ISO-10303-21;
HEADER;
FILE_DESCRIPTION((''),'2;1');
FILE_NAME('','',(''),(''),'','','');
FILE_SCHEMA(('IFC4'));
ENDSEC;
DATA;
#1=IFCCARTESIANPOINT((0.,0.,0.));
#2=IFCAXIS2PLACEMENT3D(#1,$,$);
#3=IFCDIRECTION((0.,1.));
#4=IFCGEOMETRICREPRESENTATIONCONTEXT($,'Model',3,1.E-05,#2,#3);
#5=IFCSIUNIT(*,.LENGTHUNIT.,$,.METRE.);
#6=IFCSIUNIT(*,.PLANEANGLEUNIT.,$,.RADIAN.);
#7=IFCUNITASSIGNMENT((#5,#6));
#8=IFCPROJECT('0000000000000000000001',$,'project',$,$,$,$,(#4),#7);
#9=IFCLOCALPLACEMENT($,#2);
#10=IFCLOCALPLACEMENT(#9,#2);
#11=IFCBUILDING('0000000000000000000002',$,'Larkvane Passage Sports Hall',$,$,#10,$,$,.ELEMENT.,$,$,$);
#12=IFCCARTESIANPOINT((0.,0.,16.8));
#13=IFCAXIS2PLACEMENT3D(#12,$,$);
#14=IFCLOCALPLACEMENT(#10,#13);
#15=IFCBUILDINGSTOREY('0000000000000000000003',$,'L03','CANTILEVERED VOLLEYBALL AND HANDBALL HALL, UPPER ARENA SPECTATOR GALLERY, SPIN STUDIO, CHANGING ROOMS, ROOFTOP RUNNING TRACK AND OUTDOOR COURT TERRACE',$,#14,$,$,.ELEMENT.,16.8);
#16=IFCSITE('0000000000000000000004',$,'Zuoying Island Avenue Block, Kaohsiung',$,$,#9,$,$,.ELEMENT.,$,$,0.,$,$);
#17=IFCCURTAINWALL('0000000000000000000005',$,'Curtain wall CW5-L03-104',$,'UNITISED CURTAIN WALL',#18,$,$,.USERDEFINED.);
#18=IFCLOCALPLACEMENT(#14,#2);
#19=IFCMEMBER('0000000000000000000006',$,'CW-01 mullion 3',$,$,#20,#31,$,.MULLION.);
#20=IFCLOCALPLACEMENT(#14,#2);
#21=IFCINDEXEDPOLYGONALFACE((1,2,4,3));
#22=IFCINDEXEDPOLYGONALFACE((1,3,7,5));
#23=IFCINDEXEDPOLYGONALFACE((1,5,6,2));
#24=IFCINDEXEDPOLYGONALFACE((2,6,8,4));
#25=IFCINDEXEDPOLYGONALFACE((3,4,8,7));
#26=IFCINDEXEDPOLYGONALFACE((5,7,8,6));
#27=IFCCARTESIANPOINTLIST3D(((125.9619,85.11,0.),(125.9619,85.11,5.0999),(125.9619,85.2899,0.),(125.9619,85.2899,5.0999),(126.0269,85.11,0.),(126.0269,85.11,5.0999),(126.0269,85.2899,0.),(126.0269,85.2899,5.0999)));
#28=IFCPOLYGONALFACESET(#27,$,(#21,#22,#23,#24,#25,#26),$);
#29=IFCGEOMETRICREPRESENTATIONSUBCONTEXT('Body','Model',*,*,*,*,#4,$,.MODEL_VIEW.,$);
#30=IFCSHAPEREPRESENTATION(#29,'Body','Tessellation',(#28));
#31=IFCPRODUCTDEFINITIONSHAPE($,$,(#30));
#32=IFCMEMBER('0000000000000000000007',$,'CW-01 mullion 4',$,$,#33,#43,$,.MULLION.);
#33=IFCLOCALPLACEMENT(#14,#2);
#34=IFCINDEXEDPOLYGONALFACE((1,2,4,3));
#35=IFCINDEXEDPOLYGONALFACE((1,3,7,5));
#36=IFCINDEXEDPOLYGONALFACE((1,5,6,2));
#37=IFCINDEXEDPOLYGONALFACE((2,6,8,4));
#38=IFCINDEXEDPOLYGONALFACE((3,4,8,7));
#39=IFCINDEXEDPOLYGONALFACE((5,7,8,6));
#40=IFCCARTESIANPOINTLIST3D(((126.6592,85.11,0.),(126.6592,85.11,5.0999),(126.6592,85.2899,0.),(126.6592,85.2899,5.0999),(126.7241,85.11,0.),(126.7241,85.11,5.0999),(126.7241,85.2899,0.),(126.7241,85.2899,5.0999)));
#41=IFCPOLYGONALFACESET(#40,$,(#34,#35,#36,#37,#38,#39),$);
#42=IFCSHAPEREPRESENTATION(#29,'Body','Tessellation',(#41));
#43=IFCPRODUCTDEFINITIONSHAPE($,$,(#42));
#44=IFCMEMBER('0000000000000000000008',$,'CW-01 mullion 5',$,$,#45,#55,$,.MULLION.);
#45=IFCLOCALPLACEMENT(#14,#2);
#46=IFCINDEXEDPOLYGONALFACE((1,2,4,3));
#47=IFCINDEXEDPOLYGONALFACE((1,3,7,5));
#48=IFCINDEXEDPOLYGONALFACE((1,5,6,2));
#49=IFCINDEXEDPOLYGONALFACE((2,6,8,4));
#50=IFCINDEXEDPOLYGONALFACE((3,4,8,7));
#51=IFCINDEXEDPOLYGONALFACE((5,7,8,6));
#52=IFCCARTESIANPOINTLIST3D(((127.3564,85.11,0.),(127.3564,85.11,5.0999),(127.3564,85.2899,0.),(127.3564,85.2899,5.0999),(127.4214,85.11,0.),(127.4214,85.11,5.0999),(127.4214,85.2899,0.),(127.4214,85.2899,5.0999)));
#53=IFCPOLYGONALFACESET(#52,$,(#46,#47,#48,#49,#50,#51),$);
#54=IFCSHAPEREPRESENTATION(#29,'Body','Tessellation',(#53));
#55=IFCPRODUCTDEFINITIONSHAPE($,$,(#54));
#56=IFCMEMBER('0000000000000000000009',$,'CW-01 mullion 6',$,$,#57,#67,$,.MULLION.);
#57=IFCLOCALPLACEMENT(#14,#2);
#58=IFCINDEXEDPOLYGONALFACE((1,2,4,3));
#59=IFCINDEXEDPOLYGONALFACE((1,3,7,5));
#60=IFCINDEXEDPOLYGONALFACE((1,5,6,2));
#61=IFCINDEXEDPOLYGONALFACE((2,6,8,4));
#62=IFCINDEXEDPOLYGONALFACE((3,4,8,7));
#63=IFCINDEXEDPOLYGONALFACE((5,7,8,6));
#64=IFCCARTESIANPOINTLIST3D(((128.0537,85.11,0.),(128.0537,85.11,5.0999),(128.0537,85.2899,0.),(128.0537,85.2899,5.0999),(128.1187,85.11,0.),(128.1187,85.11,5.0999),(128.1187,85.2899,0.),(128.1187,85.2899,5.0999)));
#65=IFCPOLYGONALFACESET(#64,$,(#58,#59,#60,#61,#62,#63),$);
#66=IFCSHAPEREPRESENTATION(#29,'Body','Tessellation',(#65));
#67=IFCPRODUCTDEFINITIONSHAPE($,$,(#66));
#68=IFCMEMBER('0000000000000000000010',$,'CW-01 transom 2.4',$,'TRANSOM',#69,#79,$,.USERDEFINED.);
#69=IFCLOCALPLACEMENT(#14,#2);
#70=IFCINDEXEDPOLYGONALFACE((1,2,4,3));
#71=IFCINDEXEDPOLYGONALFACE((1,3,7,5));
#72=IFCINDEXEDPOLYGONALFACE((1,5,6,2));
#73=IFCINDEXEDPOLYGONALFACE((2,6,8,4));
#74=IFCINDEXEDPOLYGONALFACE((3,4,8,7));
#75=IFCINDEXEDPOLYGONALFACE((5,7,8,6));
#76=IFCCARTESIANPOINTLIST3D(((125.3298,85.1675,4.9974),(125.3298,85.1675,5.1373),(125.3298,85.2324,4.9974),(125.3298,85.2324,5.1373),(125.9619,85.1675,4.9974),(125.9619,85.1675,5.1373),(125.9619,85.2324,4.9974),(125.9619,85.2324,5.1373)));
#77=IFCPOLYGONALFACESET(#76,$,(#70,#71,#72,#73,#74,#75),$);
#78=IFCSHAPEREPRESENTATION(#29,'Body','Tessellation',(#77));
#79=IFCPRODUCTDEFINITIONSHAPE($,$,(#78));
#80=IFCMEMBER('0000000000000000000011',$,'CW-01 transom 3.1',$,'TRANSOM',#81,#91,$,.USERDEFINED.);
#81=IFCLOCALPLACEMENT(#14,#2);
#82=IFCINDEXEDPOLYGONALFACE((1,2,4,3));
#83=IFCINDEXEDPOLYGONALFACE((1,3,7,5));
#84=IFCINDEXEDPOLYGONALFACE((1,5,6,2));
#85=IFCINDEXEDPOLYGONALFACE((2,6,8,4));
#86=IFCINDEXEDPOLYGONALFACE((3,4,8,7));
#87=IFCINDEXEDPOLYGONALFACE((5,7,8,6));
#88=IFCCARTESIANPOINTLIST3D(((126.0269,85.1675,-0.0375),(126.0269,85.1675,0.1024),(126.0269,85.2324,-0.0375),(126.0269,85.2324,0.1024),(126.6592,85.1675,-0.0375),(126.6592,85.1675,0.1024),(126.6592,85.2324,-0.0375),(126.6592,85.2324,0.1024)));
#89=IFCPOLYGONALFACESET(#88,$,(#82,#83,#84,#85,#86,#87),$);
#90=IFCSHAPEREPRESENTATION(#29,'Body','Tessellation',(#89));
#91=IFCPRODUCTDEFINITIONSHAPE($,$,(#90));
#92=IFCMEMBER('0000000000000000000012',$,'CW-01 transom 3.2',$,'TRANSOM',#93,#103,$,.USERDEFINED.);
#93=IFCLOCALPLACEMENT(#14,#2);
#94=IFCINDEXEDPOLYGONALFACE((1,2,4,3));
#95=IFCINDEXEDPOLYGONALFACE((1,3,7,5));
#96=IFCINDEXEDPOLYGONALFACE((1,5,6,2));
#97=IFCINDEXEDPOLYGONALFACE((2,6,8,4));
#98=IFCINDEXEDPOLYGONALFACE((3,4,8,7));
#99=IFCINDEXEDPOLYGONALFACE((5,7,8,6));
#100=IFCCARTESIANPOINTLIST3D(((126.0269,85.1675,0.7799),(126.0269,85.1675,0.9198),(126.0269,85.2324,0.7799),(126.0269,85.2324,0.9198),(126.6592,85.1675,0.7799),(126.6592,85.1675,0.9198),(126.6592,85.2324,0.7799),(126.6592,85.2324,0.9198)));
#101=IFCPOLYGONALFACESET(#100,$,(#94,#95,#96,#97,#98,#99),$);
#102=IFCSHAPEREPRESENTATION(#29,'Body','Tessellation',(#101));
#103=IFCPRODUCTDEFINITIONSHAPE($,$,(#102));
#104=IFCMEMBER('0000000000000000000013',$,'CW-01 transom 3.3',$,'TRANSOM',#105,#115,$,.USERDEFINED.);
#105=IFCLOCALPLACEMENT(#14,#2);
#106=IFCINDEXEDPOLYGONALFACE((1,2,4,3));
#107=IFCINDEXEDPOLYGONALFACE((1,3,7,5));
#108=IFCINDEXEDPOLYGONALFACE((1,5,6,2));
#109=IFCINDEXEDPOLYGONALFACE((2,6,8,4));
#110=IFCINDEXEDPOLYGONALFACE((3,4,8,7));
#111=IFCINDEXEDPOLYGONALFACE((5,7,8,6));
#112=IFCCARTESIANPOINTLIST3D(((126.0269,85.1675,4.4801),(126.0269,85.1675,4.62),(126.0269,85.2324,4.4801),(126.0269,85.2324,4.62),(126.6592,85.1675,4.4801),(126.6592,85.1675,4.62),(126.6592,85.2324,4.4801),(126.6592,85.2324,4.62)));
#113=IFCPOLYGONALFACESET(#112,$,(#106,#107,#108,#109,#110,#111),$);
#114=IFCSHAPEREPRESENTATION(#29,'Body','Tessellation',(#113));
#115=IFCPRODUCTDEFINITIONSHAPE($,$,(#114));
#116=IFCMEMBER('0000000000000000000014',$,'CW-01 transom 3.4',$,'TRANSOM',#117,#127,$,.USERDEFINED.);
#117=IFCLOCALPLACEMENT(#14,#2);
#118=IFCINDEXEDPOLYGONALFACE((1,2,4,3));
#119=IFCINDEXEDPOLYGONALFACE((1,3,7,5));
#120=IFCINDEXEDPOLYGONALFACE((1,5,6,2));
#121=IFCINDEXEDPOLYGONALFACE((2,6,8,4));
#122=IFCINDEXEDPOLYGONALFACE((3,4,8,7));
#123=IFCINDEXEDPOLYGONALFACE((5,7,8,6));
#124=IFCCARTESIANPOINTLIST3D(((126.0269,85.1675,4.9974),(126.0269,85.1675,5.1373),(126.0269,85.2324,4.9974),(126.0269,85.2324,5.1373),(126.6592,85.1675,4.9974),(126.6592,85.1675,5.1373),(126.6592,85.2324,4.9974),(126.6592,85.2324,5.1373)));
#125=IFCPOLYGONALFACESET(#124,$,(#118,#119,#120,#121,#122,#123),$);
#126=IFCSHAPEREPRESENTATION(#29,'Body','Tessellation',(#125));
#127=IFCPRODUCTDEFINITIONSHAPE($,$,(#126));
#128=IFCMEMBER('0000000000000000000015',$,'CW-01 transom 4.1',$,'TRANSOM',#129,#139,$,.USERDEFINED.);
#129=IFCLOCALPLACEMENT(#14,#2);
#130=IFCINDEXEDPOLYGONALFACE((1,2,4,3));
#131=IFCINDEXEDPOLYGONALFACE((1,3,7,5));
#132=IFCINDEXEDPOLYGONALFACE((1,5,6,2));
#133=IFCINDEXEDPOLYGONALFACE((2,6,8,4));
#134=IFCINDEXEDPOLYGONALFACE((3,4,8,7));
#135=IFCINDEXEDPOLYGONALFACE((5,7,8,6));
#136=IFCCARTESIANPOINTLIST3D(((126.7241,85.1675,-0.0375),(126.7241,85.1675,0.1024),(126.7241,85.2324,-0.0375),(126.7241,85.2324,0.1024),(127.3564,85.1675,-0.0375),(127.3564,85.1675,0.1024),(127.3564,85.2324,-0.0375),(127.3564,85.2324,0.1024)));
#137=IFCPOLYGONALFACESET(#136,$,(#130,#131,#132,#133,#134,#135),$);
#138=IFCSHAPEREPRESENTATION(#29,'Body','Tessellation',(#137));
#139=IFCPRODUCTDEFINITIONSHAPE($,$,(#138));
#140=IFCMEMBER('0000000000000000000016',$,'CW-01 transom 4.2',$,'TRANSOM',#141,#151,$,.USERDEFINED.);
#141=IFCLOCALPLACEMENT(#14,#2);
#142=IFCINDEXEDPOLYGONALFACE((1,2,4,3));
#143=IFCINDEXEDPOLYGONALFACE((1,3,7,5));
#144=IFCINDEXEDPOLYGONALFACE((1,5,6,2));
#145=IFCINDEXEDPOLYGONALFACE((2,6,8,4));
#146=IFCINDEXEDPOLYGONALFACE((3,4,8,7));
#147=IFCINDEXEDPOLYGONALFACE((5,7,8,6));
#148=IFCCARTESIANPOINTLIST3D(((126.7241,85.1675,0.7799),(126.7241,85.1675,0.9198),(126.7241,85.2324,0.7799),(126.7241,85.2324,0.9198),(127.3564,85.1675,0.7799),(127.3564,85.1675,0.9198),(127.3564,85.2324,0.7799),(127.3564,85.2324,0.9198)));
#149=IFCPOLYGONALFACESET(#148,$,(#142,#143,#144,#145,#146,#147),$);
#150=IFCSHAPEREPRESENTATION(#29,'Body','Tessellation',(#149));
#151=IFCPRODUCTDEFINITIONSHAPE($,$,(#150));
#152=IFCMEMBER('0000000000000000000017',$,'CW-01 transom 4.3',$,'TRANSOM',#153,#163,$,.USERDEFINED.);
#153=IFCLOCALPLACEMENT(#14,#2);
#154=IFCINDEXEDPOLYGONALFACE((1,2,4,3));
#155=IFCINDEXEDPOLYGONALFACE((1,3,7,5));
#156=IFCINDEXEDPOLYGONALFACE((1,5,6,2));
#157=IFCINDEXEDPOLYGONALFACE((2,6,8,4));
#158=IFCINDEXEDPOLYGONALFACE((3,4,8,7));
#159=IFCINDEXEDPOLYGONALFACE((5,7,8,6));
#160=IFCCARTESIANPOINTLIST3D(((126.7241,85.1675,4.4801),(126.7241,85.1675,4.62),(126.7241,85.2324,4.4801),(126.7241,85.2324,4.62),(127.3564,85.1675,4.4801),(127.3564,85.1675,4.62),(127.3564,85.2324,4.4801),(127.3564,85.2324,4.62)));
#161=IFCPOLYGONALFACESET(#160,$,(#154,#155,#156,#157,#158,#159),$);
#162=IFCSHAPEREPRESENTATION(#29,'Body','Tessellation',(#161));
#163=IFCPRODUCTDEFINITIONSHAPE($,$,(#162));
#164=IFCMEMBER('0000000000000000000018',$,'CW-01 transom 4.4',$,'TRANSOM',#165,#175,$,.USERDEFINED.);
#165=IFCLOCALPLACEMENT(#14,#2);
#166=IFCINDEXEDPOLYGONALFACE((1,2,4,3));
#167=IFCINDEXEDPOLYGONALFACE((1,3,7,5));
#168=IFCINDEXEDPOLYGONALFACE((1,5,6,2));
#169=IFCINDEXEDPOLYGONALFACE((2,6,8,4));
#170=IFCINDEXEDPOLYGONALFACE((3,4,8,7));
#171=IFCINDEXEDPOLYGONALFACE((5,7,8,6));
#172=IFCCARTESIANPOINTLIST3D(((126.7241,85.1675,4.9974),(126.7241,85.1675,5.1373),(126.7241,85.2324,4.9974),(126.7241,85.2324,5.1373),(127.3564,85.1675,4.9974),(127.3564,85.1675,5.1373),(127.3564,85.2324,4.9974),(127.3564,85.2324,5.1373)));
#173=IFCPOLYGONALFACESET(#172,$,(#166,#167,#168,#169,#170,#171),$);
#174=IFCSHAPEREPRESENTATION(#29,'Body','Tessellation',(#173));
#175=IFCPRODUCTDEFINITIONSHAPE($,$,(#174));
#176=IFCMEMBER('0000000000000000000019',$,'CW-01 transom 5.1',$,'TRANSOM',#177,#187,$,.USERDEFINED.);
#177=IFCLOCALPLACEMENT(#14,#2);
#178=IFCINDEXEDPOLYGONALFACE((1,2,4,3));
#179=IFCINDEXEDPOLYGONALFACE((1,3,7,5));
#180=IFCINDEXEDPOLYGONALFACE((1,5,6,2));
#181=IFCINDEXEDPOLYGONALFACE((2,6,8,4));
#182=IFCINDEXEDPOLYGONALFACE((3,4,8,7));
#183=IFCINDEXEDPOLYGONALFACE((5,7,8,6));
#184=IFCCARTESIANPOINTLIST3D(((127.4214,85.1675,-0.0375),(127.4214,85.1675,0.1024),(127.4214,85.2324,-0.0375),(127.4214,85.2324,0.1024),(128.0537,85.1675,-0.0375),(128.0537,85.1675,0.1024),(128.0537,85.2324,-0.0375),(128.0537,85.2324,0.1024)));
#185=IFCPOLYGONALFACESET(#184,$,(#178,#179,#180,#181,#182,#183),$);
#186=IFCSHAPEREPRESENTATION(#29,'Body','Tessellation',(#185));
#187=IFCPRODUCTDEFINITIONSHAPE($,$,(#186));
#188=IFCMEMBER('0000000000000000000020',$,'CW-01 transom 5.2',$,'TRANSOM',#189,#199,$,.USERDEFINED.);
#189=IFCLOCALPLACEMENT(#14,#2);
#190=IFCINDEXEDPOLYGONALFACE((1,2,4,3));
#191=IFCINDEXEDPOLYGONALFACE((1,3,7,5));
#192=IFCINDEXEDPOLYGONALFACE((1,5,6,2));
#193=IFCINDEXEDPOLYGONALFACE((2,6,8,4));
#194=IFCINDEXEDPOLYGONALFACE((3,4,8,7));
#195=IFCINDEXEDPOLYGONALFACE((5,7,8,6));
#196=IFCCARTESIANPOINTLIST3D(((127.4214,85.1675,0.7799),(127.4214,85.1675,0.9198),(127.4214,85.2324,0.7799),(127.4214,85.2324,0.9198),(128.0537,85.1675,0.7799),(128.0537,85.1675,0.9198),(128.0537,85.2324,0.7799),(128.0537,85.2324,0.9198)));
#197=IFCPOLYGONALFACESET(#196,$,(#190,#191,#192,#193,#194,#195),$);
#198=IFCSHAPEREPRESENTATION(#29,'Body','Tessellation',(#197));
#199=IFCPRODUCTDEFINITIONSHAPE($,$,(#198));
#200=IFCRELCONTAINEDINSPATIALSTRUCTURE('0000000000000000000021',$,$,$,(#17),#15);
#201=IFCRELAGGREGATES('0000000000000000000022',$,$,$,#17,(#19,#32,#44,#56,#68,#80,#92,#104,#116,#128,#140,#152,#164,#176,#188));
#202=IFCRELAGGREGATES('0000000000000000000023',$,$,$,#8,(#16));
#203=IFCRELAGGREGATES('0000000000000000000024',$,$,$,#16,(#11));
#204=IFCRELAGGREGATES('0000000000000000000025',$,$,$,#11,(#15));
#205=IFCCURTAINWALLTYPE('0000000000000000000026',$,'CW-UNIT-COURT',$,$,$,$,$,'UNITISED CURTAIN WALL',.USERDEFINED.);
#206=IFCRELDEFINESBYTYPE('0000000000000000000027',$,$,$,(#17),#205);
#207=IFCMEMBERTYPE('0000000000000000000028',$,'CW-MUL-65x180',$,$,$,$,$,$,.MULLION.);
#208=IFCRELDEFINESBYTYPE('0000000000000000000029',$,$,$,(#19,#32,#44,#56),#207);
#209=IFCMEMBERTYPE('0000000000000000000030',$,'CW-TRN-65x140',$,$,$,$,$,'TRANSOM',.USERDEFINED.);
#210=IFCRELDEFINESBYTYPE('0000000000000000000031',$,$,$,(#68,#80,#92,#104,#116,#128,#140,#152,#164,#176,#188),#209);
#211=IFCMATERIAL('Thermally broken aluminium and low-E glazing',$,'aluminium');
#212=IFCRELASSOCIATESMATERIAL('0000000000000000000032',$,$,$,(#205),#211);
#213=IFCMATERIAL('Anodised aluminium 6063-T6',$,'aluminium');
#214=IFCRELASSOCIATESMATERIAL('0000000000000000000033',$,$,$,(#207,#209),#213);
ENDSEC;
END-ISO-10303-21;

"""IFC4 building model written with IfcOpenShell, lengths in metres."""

from ifc_helpers import new_model, si_unit, direction, frame, origin, origin_2d, place, context, subcontext, project, spatial, rectangle, extrude, material, material_profile, profile_set, type_object, element, aggregate, save


model = new_model("IFC4")

# Units and contexts
model_context = context("Model", 3, precision=1e-05, world=origin(), true_north=direction((0.0, 1.0)))
body_context = subcontext(model_context, "Body", "Model", "MODEL_VIEW")
ifc_project = project(units=[si_unit("LENGTHUNIT", "METRE"), si_unit("PLANEANGLEUNIT", "RADIAN")], contexts=[model_context])

# Site, building, storey
site_placement = place(None, origin())
site = spatial("IfcSite", under=ifc_project, at=site_placement, Name="Zuoying Island Avenue Block, Kaohsiung", CompositionType="ELEMENT", RefElevation=0.0)
building_placement = place(site_placement, origin())
building = spatial("IfcBuilding", under=site, at=building_placement, Name="Larkvane Passage Sports Hall", CompositionType="ELEMENT")
storey_placement = place(building_placement, frame((0.0, 0.0, 16.8)))
storey = spatial("IfcBuildingStorey", under=building, at=storey_placement, Name="L03", Description="CANTILEVERED VOLLEYBALL AND HANDBALL HALL, UPPER ARENA SPECTATOR GALLERY, SPIN STUDIO, CHANGING ROOMS, ROOFTOP RUNNING TRACK AND OUTDOOR COURT TERRACE", CompositionType="ELEMENT", Elevation=16.8)

# Curtain wall, members
ifc_material_1 = material(Name="Thermally broken aluminium and low-E glazing", Category="aluminium")
curtain_wall_type = type_object("IfcCurtainWallType", Name="CW-UNIT-COURT", ElementType="UNITISED CURTAIN WALL", PredefinedType="USERDEFINED", material=ifc_material_1)
curtain_wall_placement = place(storey_placement, origin())
curtain_wall = element("IfcCurtainWall", 1, at=curtain_wall_placement, inside=storey, type_object=curtain_wall_type, Name="Curtain wall CW5-L03-104", ObjectType="UNITISED CURTAIN WALL", PredefinedType="USERDEFINED")
ifc_material_2 = material(Name="Anodised aluminium 6063-T6", Category="aluminium")
ifc_material_profile_1 = material_profile(ifc_material_2, rectangle(XDim=0.0649, YDim=0.1799, at=origin_2d()), Name="ALU-MUL-65x180")
ifc_profile_set_1 = profile_set([ifc_material_profile_1], Name="Anodised aluminium 6063-T6")
member_type_1 = type_object("IfcMemberType", Name="CW-MUL-65x180", PredefinedType="MULLION", material=ifc_profile_set_1)
member_1_placement = place(storey_placement, frame((125.9944, 85.2, 0.0), z_axis=(0.0, 0.0, 1.0), x_axis=(1.0, 0.0, 0.0)))
member_1 = element("IfcMember", 2, at=member_1_placement, type_object=member_type_1, Name="CW-01 mullion 3", PredefinedType="MULLION", context=body_context, shape_type="SweptSolid", body=[
    extrude(rectangle(XDim=0.0649, YDim=0.1799, at=origin_2d()), origin(), (0.0, 0.0, 1.0), 5.0999),
])
member_2_placement = place(storey_placement, frame((126.6917, 85.2, 0.0), z_axis=(0.0, 0.0, 1.0), x_axis=(1.0, 0.0, 0.0)))
member_2 = element("IfcMember", 3, at=member_2_placement, type_object=member_type_1, Name="CW-01 mullion 4", PredefinedType="MULLION", context=body_context, shape_type="SweptSolid", body=[
    extrude(rectangle(XDim=0.0649, YDim=0.1799, at=origin_2d()), origin(), (0.0, 0.0, 1.0), 5.0999),
])
member_3_placement = place(storey_placement, frame((127.3889, 85.2, 0.0), z_axis=(0.0, 0.0, 1.0), x_axis=(1.0, 0.0, 0.0)))
member_3 = element("IfcMember", 4, at=member_3_placement, type_object=member_type_1, Name="CW-01 mullion 5", PredefinedType="MULLION", context=body_context, shape_type="SweptSolid", body=[
    extrude(rectangle(XDim=0.0649, YDim=0.1799, at=origin_2d()), origin(), (0.0, 0.0, 1.0), 5.0999),
])
member_4_placement = place(storey_placement, frame((128.0862, 85.2, 0.0), z_axis=(0.0, 0.0, 1.0), x_axis=(1.0, 0.0, 0.0)))
member_4 = element("IfcMember", 5, at=member_4_placement, type_object=member_type_1, Name="CW-01 mullion 6", PredefinedType="MULLION", context=body_context, shape_type="SweptSolid", body=[
    extrude(rectangle(XDim=0.0649, YDim=0.1799, at=origin_2d()), origin(), (0.0, 0.0, 1.0), 5.0999),
])
ifc_material_profile_2 = material_profile(ifc_material_2, rectangle(XDim=0.0649, YDim=0.1399, at=origin_2d()), Name="ALU-TRN-65x140")
ifc_profile_set_2 = profile_set([ifc_material_profile_2], Name="Anodised aluminium 6063-T6")
member_type_2 = type_object("IfcMemberType", Name="CW-TRN-65x140", ElementType="TRANSOM", PredefinedType="USERDEFINED", material=ifc_profile_set_2)
member_5_placement = place(storey_placement, frame((125.3298, 85.2, 5.0674), z_axis=(1.0, 0.0, 0.0), x_axis=(0.0, 1.0, 0.0)))
member_5 = element("IfcMember", 6, at=member_5_placement, type_object=member_type_2, Name="CW-01 transom 2.4", ObjectType="TRANSOM", PredefinedType="USERDEFINED", context=body_context, shape_type="SweptSolid", body=[
    extrude(rectangle(XDim=0.0649, YDim=0.1399, at=origin_2d()), origin(), (0.0, 0.0, 1.0), 0.6321),
])
member_6_placement = place(storey_placement, frame((126.0269, 85.2, 0.0325), z_axis=(1.0, 0.0, 0.0), x_axis=(0.0, 1.0, 0.0)))
member_6 = element("IfcMember", 7, at=member_6_placement, type_object=member_type_2, Name="CW-01 transom 3.1", ObjectType="TRANSOM", PredefinedType="USERDEFINED", context=body_context, shape_type="SweptSolid", body=[
    extrude(rectangle(XDim=0.0649, YDim=0.1399, at=origin_2d()), origin(), (0.0, 0.0, 1.0), 0.6323),
])
member_7_placement = place(storey_placement, frame((126.0269, 85.2, 0.8499), z_axis=(1.0, 0.0, 0.0), x_axis=(0.0, 1.0, 0.0)))
member_7 = element("IfcMember", 8, at=member_7_placement, type_object=member_type_2, Name="CW-01 transom 3.2", ObjectType="TRANSOM", PredefinedType="USERDEFINED", context=body_context, shape_type="SweptSolid", body=[
    extrude(rectangle(XDim=0.0649, YDim=0.1399, at=origin_2d()), origin(), (0.0, 0.0, 1.0), 0.6323),
])
member_8_placement = place(storey_placement, frame((126.0269, 85.2, 4.55), z_axis=(1.0, 0.0, 0.0), x_axis=(0.0, 1.0, 0.0)))
member_8 = element("IfcMember", 9, at=member_8_placement, type_object=member_type_2, Name="CW-01 transom 3.3", ObjectType="TRANSOM", PredefinedType="USERDEFINED", context=body_context, shape_type="SweptSolid", body=[
    extrude(rectangle(XDim=0.0649, YDim=0.1399, at=origin_2d()), origin(), (0.0, 0.0, 1.0), 0.6323),
])
member_9_placement = place(storey_placement, frame((126.0269, 85.2, 5.0674), z_axis=(1.0, 0.0, 0.0), x_axis=(0.0, 1.0, 0.0)))
member_9 = element("IfcMember", 10, at=member_9_placement, type_object=member_type_2, Name="CW-01 transom 3.4", ObjectType="TRANSOM", PredefinedType="USERDEFINED", context=body_context, shape_type="SweptSolid", body=[
    extrude(rectangle(XDim=0.0649, YDim=0.1399, at=origin_2d()), origin(), (0.0, 0.0, 1.0), 0.6323),
])
member_10_placement = place(storey_placement, frame((126.7241, 85.2, 0.0325), z_axis=(1.0, 0.0, 0.0), x_axis=(0.0, 1.0, 0.0)))
member_10 = element("IfcMember", 11, at=member_10_placement, type_object=member_type_2, Name="CW-01 transom 4.1", ObjectType="TRANSOM", PredefinedType="USERDEFINED", context=body_context, shape_type="SweptSolid", body=[
    extrude(rectangle(XDim=0.0649, YDim=0.1399, at=origin_2d()), origin(), (0.0, 0.0, 1.0), 0.6323),
])
member_11_placement = place(storey_placement, frame((126.7241, 85.2, 0.8499), z_axis=(1.0, 0.0, 0.0), x_axis=(0.0, 1.0, 0.0)))
member_11 = element("IfcMember", 12, at=member_11_placement, type_object=member_type_2, Name="CW-01 transom 4.2", ObjectType="TRANSOM", PredefinedType="USERDEFINED", context=body_context, shape_type="SweptSolid", body=[
    extrude(rectangle(XDim=0.0649, YDim=0.1399, at=origin_2d()), origin(), (0.0, 0.0, 1.0), 0.6323),
])
member_12_placement = place(storey_placement, frame((126.7241, 85.2, 4.55), z_axis=(1.0, 0.0, 0.0), x_axis=(0.0, 1.0, 0.0)))
member_12 = element("IfcMember", 13, at=member_12_placement, type_object=member_type_2, Name="CW-01 transom 4.3", ObjectType="TRANSOM", PredefinedType="USERDEFINED", context=body_context, shape_type="SweptSolid", body=[
    extrude(rectangle(XDim=0.0649, YDim=0.1399, at=origin_2d()), origin(), (0.0, 0.0, 1.0), 0.6323),
])
member_13_placement = place(storey_placement, frame((126.7241, 85.2, 5.0674), z_axis=(1.0, 0.0, 0.0), x_axis=(0.0, 1.0, 0.0)))
member_13 = element("IfcMember", 14, at=member_13_placement, type_object=member_type_2, Name="CW-01 transom 4.4", ObjectType="TRANSOM", PredefinedType="USERDEFINED", context=body_context, shape_type="SweptSolid", body=[
    extrude(rectangle(XDim=0.0649, YDim=0.1399, at=origin_2d()), origin(), (0.0, 0.0, 1.0), 0.6323),
])
member_14_placement = place(storey_placement, frame((127.4214, 85.2, 0.0325), z_axis=(1.0, 0.0, 0.0), x_axis=(0.0, 1.0, 0.0)))
member_14 = element("IfcMember", 15, at=member_14_placement, type_object=member_type_2, Name="CW-01 transom 5.1", ObjectType="TRANSOM", PredefinedType="USERDEFINED", context=body_context, shape_type="SweptSolid", body=[
    extrude(rectangle(XDim=0.0649, YDim=0.1399, at=origin_2d()), origin(), (0.0, 0.0, 1.0), 0.6323),
])
member_15_placement = place(storey_placement, frame((127.4214, 85.2, 0.8499), z_axis=(1.0, 0.0, 0.0), x_axis=(0.0, 1.0, 0.0)))
member_15 = element("IfcMember", 16, at=member_15_placement, type_object=member_type_2, Name="CW-01 transom 5.2", ObjectType="TRANSOM", PredefinedType="USERDEFINED", context=body_context, shape_type="SweptSolid", body=[
    extrude(rectangle(XDim=0.0649, YDim=0.1399, at=origin_2d()), origin(), (0.0, 0.0, 1.0), 0.6323),
])
aggregate(curtain_wall, [member_1, member_2, member_3, member_4, member_5, member_6, member_7, member_8, member_9, member_10, member_11, member_12, member_13, member_14, member_15])

save(model, "model.ifc")
